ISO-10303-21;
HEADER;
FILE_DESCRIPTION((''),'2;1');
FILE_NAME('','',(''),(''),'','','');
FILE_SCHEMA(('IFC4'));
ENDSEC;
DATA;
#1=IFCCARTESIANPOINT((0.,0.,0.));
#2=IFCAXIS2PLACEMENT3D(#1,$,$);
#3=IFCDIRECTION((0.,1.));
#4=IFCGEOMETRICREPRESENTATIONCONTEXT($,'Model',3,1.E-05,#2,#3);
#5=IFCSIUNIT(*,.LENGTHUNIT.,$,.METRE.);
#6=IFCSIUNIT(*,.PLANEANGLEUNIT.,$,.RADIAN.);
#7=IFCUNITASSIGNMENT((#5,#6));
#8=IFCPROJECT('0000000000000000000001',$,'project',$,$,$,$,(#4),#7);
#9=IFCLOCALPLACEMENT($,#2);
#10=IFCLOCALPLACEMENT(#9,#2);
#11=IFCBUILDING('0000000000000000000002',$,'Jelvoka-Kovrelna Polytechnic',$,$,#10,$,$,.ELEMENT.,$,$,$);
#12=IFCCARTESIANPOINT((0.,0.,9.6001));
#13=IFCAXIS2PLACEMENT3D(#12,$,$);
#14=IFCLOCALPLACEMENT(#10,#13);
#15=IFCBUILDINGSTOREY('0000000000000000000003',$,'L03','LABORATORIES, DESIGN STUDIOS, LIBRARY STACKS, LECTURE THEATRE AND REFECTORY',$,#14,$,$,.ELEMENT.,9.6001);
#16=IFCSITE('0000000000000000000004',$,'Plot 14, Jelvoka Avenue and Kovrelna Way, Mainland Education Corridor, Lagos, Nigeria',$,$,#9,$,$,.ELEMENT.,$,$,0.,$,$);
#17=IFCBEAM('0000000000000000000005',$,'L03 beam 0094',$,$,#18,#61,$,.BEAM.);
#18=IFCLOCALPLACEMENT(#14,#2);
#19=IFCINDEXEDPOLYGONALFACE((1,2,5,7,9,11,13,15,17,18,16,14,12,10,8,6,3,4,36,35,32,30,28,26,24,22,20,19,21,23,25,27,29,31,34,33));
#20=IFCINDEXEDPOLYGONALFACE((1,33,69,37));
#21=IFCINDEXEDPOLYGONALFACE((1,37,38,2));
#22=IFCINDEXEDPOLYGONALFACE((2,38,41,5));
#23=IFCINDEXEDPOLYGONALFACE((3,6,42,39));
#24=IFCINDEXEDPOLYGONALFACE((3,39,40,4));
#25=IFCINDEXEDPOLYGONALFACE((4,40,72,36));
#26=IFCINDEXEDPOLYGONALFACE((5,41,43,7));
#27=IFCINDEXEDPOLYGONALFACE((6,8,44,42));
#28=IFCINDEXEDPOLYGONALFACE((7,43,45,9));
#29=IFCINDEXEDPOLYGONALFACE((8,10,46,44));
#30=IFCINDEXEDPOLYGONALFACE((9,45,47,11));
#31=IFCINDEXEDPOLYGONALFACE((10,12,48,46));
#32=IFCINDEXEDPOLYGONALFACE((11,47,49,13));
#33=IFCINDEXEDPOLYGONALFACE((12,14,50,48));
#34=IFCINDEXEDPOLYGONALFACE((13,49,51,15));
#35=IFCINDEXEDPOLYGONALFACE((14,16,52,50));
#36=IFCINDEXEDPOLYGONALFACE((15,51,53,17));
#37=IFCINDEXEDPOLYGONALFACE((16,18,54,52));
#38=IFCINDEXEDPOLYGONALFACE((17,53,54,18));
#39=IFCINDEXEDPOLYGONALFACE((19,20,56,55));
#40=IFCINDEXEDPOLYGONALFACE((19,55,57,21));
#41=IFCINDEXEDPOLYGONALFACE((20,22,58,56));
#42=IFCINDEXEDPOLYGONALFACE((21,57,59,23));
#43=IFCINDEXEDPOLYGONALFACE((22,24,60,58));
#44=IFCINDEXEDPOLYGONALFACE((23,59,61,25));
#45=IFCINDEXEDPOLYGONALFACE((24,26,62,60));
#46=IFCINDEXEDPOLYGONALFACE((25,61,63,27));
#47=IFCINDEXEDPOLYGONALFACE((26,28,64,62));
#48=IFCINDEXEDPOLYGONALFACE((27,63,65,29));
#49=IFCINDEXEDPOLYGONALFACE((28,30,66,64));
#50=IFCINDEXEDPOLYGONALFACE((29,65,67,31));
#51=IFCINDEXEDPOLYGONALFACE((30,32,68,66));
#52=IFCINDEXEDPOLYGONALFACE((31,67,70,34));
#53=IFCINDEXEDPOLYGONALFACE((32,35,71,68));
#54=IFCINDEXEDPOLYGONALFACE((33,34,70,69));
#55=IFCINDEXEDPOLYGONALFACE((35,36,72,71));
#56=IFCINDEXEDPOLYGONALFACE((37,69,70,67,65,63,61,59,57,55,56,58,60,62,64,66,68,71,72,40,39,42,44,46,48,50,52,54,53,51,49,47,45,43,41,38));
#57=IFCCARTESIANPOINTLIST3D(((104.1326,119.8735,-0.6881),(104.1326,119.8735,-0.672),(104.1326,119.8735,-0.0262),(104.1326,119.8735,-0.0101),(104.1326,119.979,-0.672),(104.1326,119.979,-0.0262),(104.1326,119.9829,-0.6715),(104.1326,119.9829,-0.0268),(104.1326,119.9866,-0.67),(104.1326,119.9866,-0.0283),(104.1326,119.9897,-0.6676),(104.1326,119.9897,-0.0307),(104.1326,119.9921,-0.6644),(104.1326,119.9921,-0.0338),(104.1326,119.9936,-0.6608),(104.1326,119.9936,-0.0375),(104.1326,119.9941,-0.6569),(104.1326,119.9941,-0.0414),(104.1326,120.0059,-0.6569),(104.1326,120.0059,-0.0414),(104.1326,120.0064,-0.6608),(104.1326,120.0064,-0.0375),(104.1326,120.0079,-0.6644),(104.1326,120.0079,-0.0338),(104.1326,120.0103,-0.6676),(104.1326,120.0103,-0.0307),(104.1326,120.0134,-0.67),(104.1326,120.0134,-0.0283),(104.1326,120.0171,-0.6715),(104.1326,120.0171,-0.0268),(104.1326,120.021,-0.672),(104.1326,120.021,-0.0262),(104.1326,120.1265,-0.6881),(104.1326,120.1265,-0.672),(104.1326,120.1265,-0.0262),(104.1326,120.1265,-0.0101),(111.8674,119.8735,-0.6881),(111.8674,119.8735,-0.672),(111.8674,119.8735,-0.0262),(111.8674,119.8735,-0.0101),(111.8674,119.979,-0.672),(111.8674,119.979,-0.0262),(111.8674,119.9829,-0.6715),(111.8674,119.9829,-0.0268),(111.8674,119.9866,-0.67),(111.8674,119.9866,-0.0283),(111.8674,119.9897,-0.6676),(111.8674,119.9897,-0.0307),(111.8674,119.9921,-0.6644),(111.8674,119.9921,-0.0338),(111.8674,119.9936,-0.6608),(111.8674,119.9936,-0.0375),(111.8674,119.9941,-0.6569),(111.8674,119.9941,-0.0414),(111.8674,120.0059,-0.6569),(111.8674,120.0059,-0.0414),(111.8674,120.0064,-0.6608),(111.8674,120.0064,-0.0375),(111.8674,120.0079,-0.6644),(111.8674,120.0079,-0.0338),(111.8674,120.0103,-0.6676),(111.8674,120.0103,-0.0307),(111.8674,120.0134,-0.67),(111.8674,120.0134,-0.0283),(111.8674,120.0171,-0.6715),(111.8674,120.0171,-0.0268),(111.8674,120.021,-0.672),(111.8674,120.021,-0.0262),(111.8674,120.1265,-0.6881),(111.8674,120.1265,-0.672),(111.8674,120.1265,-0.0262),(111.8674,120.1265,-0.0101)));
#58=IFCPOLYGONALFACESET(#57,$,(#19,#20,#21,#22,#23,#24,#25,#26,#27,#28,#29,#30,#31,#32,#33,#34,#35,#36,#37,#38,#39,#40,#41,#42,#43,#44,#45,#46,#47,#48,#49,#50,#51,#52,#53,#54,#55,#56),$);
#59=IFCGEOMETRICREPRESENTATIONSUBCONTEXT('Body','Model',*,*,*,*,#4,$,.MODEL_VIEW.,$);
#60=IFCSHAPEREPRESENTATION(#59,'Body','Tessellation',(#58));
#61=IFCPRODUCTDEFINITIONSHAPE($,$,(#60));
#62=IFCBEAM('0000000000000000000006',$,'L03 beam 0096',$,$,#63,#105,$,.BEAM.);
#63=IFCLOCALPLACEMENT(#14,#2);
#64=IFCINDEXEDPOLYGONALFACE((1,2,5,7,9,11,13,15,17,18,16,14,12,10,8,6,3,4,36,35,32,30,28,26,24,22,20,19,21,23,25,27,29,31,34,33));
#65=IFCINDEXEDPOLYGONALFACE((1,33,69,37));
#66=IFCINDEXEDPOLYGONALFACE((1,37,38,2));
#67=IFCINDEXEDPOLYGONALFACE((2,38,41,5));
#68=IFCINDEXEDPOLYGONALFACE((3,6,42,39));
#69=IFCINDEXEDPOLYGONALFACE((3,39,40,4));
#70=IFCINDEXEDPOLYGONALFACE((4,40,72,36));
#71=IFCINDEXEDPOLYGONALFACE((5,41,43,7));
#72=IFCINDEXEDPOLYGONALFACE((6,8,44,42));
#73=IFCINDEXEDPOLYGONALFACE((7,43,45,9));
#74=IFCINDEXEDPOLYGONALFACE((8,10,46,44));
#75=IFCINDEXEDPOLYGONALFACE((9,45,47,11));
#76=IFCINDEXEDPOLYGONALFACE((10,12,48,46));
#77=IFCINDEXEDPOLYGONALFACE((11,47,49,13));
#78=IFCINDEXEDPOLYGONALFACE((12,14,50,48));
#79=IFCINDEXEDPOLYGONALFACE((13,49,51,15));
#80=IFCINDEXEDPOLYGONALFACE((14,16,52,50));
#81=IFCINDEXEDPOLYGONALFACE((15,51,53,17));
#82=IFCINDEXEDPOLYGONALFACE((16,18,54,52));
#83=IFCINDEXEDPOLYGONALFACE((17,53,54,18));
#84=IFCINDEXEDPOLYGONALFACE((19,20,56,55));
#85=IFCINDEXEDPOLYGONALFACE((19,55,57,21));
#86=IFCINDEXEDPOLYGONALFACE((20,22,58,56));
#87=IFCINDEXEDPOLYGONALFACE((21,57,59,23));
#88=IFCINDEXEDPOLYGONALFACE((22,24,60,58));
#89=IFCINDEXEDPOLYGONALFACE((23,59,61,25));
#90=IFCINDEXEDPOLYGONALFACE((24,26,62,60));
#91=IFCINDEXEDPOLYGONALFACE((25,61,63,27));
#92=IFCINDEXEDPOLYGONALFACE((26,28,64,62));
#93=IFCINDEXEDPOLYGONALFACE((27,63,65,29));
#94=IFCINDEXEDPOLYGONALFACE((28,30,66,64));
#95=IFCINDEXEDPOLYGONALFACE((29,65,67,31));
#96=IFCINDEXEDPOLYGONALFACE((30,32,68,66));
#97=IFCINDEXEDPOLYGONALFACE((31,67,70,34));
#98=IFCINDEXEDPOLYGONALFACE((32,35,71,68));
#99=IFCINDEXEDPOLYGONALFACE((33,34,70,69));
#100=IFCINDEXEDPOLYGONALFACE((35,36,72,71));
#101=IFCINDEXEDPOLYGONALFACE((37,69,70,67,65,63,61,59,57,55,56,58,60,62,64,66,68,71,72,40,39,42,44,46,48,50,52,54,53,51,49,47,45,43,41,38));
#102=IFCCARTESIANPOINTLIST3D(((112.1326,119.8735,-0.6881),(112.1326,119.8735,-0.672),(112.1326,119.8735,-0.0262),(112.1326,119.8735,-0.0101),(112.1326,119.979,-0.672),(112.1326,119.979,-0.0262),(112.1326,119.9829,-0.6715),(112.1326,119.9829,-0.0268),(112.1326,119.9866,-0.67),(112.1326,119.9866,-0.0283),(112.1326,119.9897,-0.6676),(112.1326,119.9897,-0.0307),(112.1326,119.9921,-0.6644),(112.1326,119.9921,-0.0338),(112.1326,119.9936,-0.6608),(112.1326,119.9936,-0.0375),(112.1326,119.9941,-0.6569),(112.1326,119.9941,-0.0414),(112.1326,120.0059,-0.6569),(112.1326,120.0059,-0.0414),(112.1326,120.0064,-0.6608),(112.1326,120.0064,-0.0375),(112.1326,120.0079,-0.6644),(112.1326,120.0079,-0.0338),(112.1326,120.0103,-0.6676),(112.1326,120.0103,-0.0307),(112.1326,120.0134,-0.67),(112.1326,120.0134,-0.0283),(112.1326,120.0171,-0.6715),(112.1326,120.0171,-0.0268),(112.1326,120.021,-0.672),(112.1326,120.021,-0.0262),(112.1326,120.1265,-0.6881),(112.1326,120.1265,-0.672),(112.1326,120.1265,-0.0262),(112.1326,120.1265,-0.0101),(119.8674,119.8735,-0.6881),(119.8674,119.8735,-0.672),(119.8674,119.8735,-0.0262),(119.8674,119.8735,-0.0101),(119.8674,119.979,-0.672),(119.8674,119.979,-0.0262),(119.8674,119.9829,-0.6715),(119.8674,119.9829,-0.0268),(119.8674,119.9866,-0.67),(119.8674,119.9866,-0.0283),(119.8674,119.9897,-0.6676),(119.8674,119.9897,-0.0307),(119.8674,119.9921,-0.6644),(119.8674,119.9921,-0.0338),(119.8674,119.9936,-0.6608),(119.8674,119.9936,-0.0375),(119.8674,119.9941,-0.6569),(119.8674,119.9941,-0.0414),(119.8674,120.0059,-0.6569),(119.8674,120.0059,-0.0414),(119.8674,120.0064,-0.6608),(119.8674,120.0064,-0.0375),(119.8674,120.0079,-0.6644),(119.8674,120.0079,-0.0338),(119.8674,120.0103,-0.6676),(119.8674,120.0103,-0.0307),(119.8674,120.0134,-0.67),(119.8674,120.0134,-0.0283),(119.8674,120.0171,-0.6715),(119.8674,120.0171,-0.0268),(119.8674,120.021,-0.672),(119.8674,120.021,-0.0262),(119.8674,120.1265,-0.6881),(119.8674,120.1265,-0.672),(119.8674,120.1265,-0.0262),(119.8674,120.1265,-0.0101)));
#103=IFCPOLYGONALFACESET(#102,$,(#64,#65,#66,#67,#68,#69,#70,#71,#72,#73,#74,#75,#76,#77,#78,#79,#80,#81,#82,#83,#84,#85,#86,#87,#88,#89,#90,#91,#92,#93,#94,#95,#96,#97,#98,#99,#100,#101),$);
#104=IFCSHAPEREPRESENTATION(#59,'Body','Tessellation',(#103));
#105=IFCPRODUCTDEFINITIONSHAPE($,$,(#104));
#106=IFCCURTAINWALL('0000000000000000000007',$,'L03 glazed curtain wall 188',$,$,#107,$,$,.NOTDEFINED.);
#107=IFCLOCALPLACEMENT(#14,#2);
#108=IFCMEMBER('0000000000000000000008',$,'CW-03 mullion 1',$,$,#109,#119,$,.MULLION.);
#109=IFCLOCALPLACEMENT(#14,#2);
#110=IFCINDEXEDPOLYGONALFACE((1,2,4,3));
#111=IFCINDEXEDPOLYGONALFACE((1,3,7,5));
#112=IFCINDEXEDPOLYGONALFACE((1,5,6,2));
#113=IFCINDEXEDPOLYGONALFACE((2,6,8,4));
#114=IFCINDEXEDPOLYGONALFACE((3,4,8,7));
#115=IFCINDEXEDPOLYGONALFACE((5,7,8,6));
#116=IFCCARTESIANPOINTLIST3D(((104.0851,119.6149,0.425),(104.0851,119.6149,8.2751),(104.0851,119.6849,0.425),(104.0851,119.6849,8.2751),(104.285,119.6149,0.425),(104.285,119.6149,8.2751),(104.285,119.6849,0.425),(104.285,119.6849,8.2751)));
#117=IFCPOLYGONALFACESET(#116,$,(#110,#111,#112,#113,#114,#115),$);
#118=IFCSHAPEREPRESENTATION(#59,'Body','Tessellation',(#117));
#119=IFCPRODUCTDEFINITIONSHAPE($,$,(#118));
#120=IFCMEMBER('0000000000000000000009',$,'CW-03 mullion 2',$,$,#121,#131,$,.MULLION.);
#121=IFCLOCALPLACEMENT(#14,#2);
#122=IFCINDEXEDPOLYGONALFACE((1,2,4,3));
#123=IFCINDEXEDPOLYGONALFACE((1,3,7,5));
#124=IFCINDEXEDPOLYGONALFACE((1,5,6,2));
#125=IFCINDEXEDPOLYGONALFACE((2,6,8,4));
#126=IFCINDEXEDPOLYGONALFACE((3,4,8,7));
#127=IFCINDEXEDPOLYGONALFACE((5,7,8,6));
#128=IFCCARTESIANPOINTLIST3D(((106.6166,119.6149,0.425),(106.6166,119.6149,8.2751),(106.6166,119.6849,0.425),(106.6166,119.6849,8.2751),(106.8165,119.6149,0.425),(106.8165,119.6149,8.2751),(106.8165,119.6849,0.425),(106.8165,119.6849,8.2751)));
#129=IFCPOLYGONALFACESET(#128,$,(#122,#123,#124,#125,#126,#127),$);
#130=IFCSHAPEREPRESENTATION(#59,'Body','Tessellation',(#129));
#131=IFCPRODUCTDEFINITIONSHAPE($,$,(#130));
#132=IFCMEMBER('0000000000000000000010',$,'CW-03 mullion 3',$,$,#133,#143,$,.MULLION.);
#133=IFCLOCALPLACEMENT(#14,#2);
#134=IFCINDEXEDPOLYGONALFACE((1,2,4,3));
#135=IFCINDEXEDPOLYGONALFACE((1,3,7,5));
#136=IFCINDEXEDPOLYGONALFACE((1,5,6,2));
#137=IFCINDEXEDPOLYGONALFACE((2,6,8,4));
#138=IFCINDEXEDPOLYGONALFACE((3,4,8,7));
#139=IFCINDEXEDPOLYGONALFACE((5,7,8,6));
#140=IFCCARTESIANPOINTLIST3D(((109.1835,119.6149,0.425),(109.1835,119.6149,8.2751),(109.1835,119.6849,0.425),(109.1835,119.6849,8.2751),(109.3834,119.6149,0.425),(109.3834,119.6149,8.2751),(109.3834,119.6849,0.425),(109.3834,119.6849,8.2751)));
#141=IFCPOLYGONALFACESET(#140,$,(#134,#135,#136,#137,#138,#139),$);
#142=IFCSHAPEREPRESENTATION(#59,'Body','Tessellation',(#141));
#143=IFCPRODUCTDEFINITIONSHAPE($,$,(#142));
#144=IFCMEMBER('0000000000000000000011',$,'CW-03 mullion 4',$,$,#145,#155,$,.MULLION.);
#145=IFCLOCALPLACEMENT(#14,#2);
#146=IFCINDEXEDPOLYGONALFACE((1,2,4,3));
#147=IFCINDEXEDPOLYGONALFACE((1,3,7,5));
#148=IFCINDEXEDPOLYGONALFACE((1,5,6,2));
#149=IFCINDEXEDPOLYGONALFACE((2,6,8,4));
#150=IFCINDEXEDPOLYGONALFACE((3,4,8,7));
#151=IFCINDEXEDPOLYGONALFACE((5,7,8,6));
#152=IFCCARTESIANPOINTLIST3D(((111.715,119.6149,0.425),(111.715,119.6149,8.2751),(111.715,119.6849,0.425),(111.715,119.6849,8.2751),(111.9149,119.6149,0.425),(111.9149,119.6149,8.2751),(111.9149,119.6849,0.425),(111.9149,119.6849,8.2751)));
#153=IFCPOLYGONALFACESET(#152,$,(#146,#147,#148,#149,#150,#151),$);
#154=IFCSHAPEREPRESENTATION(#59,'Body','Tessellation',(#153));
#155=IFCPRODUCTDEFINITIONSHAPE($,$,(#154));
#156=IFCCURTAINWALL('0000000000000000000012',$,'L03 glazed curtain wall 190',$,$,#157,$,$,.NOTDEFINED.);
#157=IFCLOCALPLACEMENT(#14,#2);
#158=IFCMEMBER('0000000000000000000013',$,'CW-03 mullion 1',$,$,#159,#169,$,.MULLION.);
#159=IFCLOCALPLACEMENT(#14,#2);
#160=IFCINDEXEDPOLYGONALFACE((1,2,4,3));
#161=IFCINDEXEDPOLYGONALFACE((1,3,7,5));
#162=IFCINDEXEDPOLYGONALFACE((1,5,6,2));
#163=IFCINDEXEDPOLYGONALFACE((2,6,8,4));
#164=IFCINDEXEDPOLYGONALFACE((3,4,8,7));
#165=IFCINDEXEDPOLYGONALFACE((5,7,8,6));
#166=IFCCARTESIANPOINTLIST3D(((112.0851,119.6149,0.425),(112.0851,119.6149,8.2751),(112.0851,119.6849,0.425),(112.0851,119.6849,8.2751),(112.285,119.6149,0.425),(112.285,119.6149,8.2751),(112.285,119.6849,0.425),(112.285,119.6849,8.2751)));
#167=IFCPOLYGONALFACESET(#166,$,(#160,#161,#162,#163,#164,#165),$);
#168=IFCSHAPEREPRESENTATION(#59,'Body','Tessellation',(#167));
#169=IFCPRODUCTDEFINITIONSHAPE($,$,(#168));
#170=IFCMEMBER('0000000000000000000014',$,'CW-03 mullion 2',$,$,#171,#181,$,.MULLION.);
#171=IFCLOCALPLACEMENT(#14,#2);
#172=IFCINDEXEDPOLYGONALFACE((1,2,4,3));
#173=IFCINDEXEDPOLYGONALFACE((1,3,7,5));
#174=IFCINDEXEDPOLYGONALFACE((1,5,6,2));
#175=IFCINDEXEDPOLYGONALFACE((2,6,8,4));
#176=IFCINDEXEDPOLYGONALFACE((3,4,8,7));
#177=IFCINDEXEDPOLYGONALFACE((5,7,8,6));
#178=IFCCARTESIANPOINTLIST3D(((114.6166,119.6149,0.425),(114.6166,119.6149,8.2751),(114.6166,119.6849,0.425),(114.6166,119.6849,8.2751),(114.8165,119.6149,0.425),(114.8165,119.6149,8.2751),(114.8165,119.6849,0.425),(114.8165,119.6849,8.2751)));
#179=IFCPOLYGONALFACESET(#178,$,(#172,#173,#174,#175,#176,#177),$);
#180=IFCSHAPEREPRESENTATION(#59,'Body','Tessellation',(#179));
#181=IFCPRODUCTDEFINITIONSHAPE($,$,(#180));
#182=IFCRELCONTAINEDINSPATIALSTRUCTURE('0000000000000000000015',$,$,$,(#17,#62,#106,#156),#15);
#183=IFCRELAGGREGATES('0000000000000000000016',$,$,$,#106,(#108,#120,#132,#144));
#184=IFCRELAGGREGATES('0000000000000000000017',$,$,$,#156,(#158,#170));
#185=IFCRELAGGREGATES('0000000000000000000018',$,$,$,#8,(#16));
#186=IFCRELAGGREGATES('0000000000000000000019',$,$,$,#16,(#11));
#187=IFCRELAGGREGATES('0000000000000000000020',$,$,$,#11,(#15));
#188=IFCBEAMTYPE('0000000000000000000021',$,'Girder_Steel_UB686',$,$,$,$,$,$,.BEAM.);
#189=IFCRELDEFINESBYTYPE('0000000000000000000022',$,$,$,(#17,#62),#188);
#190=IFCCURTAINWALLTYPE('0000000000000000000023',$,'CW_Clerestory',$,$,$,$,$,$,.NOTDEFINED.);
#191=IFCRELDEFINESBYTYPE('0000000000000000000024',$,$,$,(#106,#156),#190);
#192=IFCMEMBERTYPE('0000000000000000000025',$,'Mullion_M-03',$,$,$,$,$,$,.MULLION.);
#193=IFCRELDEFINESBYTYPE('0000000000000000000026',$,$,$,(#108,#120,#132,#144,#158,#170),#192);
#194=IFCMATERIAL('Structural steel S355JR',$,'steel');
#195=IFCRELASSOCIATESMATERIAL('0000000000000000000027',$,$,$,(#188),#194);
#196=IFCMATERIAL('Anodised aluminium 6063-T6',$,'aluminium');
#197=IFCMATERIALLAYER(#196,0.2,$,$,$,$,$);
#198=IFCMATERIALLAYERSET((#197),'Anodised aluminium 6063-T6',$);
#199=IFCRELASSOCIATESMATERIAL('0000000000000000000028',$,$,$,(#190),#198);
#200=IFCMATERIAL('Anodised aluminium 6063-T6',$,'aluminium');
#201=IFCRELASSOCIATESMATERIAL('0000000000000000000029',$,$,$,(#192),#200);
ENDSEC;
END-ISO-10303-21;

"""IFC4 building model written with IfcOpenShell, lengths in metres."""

from ifc_helpers import new_model, si_unit, direction, frame, origin, origin_2d, place, context, subcontext, project, spatial, rectangle, i_section, extrude, material, layer, layer_set, material_profile, profile_set, type_object, element, aggregate, save


model = new_model("IFC4")

# Units and contexts
model_context = context("Model", 3, precision=1e-05, world=origin(), true_north=direction((0.0, 1.0)))
body_context = subcontext(model_context, "Body", "Model", "MODEL_VIEW")
ifc_project = project(units=[si_unit("LENGTHUNIT", "METRE"), si_unit("PLANEANGLEUNIT", "RADIAN")], contexts=[model_context])

# Site, building, storey
site_placement = place(None, origin())
site = spatial("IfcSite", under=ifc_project, at=site_placement, Name="Plot 14, Jelvoka Avenue and Kovrelna Way, Mainland Education Corridor, Lagos, Nigeria", CompositionType="ELEMENT", RefElevation=0.0)
building_placement = place(site_placement, origin())
building = spatial("IfcBuilding", under=site, at=building_placement, Name="Jelvoka-Kovrelna Polytechnic", CompositionType="ELEMENT")
storey_placement = place(building_placement, frame((0.0, 0.0, 9.6001)))
storey = spatial("IfcBuildingStorey", under=building, at=storey_placement, Name="L03", Description="LABORATORIES, DESIGN STUDIOS, LIBRARY STACKS, LECTURE THEATRE AND REFECTORY", CompositionType="ELEMENT", Elevation=9.6001)

# Beams
ifc_material_1 = material(Name="Structural steel S355JR", Category="steel")
ifc_material_profile_1 = material_profile(ifc_material_1, i_section(OverallWidth=0.2529, OverallDepth=0.678, WebThickness=0.0117, FlangeThickness=0.0161, FilletRadius=0.0151, at=origin_2d()), Name="686x254x125 UB")
ifc_profile_set_1 = profile_set([ifc_material_profile_1], Name="Structural steel S355JR")
beam_type_1 = type_object("IfcBeamType", Name="Girder_Steel_UB686", PredefinedType="BEAM", material=ifc_profile_set_1)
for number, where, z_axis, x_axis, name in (
    (1, (104.1326, 120.0, -0.3491), (1.0, 0.0, 0.0), (0.0, 1.0, 0.0), "L03 beam 0094"),
    (2, (112.1326, 120.0, -0.3491), (1.0, 0.0, 0.0), (0.0, 1.0, 0.0), "L03 beam 0096"),
):
    element("IfcBeam", number, at=place(storey_placement, frame(where, z_axis=z_axis, x_axis=x_axis)), inside=storey, type_object=beam_type_1, Name=name, PredefinedType="BEAM", context=body_context, shape_type="SweptSolid", body=[
        extrude(i_section(OverallWidth=0.2529, OverallDepth=0.678, WebThickness=0.0117, FlangeThickness=0.0161, FilletRadius=0.0151, at=origin_2d()), origin(), (0.0, 0.0, 1.0), 7.7349),
    ])

# Curtain walls, members
ifc_material_2 = material(Name="Anodised aluminium 6063-T6", Category="aluminium")
ifc_layer_1 = layer(ifc_material_2, 0.2)
ifc_layer_set_1 = layer_set([ifc_layer_1], Name="Anodised aluminium 6063-T6")
curtain_wall_type = type_object("IfcCurtainWallType", Name="CW_Clerestory", PredefinedType="NOTDEFINED", material=ifc_layer_set_1)
curtain_wall_1_placement = place(storey_placement, origin())
curtain_wall_1 = element("IfcCurtainWall", 3, at=curtain_wall_1_placement, inside=storey, type_object=curtain_wall_type, Name="L03 glazed curtain wall 188", PredefinedType="NOTDEFINED")
ifc_material_3 = material(Name="Anodised aluminium 6063-T6", Category="aluminium")
ifc_material_profile_2 = material_profile(ifc_material_3, rectangle(XDim=0.0701, YDim=0.2, at=origin_2d()), Name="ALU 70x200")
ifc_profile_set_2 = profile_set([ifc_material_profile_2], Name="Anodised aluminium 6063-T6")
member_type_1 = type_object("IfcMemberType", Name="Mullion_M-03", PredefinedType="MULLION", material=ifc_profile_set_2)
member_1_placement = place(storey_placement, frame((104.1851, 119.6499, 0.425), z_axis=(0.0, 0.0, 1.0), x_axis=(0.0, 1.0, 0.0)))
member_1 = element("IfcMember", 4, at=member_1_placement, type_object=member_type_1, Name="CW-03 mullion 1", PredefinedType="MULLION", context=body_context, shape_type="SweptSolid", body=[
    extrude(rectangle(XDim=0.0701, YDim=0.2, at=origin_2d()), origin(), (0.0, 0.0, 1.0), 7.8501),
])
member_2_placement = place(storey_placement, frame((106.7166, 119.6499, 0.425), z_axis=(0.0, 0.0, 1.0), x_axis=(0.0, 1.0, 0.0)))
member_2 = element("IfcMember", 5, at=member_2_placement, type_object=member_type_1, Name="CW-03 mullion 2", PredefinedType="MULLION", context=body_context, shape_type="SweptSolid", body=[
    extrude(rectangle(XDim=0.0701, YDim=0.2, at=origin_2d()), origin(), (0.0, 0.0, 1.0), 7.8501),
])
member_3_placement = place(storey_placement, frame((109.2834, 119.6499, 0.425), z_axis=(0.0, 0.0, 1.0), x_axis=(0.0, 1.0, 0.0)))
member_3 = element("IfcMember", 6, at=member_3_placement, type_object=member_type_1, Name="CW-03 mullion 3", PredefinedType="MULLION", context=body_context, shape_type="SweptSolid", body=[
    extrude(rectangle(XDim=0.0701, YDim=0.2, at=origin_2d()), origin(), (0.0, 0.0, 1.0), 7.8501),
])
member_4_placement = place(storey_placement, frame((111.8149, 119.6499, 0.425), z_axis=(0.0, 0.0, 1.0), x_axis=(0.0, 1.0, 0.0)))
member_4 = element("IfcMember", 7, at=member_4_placement, type_object=member_type_1, Name="CW-03 mullion 4", PredefinedType="MULLION", context=body_context, shape_type="SweptSolid", body=[
    extrude(rectangle(XDim=0.0701, YDim=0.2, at=origin_2d()), origin(), (0.0, 0.0, 1.0), 7.8501),
])
curtain_wall_2_placement = place(storey_placement, origin())
curtain_wall_2 = element("IfcCurtainWall", 8, at=curtain_wall_2_placement, inside=storey, type_object=curtain_wall_type, Name="L03 glazed curtain wall 190", PredefinedType="NOTDEFINED")
member_5_placement = place(storey_placement, frame((112.1851, 119.6499, 0.425), z_axis=(0.0, 0.0, 1.0), x_axis=(0.0, 1.0, 0.0)))
member_5 = element("IfcMember", 9, at=member_5_placement, type_object=member_type_1, Name="CW-03 mullion 1", PredefinedType="MULLION", context=body_context, shape_type="SweptSolid", body=[
    extrude(rectangle(XDim=0.0701, YDim=0.2, at=origin_2d()), origin(), (0.0, 0.0, 1.0), 7.8501),
])
member_6_placement = place(storey_placement, frame((114.7166, 119.6499, 0.425), z_axis=(0.0, 0.0, 1.0), x_axis=(0.0, 1.0, 0.0)))
member_6 = element("IfcMember", 10, at=member_6_placement, type_object=member_type_1, Name="CW-03 mullion 2", PredefinedType="MULLION", context=body_context, shape_type="SweptSolid", body=[
    extrude(rectangle(XDim=0.0701, YDim=0.2, at=origin_2d()), origin(), (0.0, 0.0, 1.0), 7.8501),
])

aggregate(curtain_wall_1, [member_1, member_2, member_3, member_4])
aggregate(curtain_wall_2, [member_5, member_6])

save(model, "model.ifc")
